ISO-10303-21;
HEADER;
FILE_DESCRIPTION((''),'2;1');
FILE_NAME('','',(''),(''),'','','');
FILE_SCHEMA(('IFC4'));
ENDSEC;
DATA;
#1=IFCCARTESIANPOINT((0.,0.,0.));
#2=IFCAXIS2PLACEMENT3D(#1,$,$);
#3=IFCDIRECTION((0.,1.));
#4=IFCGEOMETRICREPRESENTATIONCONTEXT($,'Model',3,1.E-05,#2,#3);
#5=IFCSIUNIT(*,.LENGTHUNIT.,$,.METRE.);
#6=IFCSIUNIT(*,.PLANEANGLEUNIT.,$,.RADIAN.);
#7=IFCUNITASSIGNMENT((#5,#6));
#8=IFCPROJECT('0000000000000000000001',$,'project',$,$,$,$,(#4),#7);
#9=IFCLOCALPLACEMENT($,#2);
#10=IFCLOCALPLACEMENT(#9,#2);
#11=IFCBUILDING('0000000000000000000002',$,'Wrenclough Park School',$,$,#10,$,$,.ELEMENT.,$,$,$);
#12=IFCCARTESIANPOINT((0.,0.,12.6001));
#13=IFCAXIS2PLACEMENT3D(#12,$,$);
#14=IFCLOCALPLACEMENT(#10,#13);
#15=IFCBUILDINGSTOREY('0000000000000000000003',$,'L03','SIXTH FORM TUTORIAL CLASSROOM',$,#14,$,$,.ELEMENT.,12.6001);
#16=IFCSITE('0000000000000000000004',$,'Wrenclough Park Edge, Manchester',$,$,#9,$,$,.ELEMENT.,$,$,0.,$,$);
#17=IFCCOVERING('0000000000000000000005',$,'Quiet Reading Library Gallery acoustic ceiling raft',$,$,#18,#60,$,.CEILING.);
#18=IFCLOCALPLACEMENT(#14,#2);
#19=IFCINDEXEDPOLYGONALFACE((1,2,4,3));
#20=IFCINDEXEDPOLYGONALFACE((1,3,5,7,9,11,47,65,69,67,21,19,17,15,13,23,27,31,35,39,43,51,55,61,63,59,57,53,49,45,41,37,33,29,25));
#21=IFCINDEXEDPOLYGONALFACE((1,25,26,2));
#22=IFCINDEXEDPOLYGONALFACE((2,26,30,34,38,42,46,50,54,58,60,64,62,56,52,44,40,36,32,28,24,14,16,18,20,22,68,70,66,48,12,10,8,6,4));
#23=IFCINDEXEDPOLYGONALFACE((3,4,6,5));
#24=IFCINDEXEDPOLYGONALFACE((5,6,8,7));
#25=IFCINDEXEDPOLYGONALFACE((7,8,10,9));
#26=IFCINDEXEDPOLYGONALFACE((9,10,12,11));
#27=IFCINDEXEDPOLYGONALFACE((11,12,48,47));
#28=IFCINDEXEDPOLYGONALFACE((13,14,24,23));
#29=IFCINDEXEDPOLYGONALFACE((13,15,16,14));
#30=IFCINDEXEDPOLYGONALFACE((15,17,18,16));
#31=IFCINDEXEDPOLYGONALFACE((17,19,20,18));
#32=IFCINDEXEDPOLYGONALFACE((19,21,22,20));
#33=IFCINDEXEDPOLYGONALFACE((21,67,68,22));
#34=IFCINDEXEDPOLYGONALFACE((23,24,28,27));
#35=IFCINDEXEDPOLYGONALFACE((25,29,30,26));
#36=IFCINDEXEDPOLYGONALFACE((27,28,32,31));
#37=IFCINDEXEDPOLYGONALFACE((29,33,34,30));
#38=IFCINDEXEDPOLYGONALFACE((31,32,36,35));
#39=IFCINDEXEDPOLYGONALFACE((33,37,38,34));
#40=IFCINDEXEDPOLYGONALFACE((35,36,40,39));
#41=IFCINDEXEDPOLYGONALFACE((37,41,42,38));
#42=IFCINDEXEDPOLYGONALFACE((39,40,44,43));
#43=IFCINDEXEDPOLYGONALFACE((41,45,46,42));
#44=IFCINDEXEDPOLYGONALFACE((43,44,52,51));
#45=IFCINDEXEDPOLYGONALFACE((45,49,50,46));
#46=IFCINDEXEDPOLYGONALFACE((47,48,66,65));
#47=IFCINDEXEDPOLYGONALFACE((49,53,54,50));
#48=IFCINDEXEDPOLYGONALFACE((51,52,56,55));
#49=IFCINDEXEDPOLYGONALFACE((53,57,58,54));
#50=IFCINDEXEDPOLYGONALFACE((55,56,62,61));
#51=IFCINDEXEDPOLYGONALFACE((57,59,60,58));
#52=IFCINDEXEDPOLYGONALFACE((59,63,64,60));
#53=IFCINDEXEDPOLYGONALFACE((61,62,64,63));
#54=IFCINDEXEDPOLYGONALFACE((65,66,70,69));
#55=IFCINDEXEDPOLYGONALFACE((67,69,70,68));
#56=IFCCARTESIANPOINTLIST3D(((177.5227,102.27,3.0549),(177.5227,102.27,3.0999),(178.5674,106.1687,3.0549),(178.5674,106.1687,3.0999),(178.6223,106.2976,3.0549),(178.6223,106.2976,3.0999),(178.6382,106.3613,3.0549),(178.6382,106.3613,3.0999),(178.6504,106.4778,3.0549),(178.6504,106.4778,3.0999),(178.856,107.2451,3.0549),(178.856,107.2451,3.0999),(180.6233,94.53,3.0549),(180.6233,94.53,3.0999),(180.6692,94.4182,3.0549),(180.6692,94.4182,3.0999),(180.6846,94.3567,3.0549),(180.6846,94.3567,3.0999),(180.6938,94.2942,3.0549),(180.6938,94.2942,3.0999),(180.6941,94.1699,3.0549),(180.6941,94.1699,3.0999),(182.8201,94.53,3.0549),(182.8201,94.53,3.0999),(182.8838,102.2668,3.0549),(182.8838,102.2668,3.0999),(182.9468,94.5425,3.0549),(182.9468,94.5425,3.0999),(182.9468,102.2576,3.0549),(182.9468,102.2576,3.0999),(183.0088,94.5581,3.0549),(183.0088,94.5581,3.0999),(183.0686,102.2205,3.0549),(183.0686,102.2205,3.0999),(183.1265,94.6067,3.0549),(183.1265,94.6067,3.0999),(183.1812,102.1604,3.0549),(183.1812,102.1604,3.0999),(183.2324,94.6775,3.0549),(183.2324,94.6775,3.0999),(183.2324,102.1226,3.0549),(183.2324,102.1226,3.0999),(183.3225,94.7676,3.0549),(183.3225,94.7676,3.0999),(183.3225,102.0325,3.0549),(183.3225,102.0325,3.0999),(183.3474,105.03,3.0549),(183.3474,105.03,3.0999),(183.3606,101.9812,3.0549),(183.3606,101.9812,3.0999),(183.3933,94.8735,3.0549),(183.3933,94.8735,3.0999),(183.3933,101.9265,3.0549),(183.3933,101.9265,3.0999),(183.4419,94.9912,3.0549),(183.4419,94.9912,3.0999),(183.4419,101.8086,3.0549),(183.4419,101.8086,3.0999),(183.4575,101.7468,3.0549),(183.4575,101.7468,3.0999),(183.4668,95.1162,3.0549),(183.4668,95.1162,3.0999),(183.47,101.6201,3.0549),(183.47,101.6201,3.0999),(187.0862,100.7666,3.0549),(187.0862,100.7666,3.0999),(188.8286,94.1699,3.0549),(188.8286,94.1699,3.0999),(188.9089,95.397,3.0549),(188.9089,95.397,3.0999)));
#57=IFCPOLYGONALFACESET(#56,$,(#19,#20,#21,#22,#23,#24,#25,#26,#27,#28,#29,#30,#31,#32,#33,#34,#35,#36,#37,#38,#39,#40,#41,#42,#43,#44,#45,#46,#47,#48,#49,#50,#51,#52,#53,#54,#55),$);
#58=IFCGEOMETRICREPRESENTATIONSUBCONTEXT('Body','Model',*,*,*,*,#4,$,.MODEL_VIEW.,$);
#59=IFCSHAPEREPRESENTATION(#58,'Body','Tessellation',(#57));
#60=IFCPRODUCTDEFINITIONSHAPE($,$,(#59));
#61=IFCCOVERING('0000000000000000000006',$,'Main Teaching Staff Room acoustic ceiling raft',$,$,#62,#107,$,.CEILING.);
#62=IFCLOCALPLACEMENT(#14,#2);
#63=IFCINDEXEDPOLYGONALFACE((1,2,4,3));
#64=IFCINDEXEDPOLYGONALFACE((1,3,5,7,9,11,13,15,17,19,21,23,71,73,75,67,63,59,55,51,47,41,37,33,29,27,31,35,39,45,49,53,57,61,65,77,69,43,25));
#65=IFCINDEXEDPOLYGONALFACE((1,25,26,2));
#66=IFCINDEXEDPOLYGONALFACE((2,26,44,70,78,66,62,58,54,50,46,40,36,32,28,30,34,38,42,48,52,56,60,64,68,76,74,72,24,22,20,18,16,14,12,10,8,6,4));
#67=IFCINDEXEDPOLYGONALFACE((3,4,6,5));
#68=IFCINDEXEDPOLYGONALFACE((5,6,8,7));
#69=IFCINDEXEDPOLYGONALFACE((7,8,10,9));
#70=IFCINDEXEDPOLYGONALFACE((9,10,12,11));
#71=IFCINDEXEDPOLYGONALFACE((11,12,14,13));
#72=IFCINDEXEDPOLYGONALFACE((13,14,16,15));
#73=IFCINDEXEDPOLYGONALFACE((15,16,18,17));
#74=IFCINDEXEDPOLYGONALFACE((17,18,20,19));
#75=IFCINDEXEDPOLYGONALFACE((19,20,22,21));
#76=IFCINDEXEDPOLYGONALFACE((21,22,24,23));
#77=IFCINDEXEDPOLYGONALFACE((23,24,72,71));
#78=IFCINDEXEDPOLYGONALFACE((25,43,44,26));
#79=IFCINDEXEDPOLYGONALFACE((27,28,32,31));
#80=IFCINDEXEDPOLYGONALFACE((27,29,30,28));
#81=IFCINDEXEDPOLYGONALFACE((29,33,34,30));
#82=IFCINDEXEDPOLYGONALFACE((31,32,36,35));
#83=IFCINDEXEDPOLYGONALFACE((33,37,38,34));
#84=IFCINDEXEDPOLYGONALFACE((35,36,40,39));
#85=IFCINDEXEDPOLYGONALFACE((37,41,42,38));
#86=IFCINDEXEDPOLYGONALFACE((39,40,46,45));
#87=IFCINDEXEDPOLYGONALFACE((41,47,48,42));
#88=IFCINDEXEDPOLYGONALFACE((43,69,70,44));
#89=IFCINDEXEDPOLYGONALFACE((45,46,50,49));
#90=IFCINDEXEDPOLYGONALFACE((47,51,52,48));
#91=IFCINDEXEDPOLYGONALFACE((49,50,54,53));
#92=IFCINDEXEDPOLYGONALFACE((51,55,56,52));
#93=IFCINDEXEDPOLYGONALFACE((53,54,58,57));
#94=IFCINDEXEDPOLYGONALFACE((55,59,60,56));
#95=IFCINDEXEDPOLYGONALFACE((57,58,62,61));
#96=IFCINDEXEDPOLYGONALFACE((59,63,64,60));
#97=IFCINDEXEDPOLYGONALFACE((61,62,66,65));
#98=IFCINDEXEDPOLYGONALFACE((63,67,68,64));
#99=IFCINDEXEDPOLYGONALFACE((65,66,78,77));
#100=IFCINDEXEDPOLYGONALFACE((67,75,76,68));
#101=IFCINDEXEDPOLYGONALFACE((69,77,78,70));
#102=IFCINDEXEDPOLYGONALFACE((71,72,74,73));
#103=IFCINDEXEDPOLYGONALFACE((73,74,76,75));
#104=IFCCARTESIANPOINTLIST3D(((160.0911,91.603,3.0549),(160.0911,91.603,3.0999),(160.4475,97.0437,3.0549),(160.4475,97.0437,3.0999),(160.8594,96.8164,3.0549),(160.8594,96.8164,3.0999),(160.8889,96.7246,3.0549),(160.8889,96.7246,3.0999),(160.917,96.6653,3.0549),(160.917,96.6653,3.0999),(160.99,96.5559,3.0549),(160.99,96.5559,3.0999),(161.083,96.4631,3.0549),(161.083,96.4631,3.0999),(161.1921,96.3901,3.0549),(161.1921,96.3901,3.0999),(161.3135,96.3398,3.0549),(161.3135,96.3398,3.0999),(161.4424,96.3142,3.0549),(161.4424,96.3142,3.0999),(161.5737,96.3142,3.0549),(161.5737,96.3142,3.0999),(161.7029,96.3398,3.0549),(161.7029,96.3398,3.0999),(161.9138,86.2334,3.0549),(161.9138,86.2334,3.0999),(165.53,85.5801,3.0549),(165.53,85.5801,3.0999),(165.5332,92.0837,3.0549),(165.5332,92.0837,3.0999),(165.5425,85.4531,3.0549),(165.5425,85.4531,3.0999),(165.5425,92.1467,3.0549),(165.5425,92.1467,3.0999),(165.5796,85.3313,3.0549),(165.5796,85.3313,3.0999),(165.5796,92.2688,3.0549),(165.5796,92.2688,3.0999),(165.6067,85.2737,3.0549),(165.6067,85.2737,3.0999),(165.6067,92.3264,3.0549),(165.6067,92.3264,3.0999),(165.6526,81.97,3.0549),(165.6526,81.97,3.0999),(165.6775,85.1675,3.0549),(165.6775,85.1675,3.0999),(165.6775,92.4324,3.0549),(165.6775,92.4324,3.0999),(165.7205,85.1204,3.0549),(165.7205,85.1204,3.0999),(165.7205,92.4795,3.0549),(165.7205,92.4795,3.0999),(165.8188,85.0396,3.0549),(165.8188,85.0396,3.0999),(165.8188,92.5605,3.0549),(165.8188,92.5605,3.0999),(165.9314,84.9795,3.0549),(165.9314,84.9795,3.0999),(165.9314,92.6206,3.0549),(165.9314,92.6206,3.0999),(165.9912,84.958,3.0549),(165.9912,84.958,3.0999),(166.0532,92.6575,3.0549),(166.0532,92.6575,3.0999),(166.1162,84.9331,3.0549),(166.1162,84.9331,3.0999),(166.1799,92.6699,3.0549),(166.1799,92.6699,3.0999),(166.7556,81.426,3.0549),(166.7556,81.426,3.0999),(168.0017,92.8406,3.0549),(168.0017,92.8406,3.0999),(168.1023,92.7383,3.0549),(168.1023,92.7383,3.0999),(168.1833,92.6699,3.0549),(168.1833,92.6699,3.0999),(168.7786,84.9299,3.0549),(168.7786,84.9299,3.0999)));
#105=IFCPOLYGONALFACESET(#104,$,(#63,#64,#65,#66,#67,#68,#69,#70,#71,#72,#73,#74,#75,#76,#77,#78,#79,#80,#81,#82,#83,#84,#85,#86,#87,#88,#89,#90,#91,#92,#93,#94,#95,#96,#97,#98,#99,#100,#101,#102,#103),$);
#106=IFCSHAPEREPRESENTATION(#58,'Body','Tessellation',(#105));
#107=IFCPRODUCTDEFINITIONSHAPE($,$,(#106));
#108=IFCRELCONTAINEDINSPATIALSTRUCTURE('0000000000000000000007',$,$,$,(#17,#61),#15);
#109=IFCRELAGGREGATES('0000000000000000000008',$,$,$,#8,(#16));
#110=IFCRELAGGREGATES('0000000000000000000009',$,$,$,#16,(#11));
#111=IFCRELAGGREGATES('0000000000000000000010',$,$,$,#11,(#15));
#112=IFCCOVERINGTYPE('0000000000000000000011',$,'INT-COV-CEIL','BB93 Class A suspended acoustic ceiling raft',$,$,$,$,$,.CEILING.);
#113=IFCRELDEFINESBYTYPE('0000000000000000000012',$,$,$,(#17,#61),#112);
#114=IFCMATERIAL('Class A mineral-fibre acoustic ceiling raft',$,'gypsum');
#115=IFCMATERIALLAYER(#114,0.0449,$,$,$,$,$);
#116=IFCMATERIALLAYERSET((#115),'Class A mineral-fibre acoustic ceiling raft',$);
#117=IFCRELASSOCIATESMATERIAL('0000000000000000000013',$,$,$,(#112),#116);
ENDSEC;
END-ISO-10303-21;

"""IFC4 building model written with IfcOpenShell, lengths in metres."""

from ifc_helpers import new_model, si_unit, direction, frame, origin, place, context, subcontext, project, spatial, polyline, outline, extrude, material, layer, layer_set, type_object, element, save


model = new_model("IFC4")

# Units and contexts
model_context = context("Model", 3, precision=1e-05, world=origin(), true_north=direction((0.0, 1.0)))
body_context = subcontext(model_context, "Body", "Model", "MODEL_VIEW")
ifc_project = project(units=[si_unit("LENGTHUNIT", "METRE"), si_unit("PLANEANGLEUNIT", "RADIAN")], contexts=[model_context])

# Site, building, storey
site_placement = place(None, origin())
site = spatial("IfcSite", under=ifc_project, at=site_placement, Name="Wrenclough Park Edge, Manchester", CompositionType="ELEMENT", RefElevation=0.0)
building_placement = place(site_placement, origin())
building = spatial("IfcBuilding", under=site, at=building_placement, Name="Wrenclough Park School", CompositionType="ELEMENT")
storey_placement = place(building_placement, frame((0.0, 0.0, 12.6001)))
storey = spatial("IfcBuildingStorey", under=building, at=storey_placement, Name="L03", Description="SIXTH FORM TUTORIAL CLASSROOM", CompositionType="ELEMENT", Elevation=12.6001)

# Coverings
ifc_material_1 = material(Name="Class A mineral-fibre acoustic ceiling raft", Category="gypsum")
ifc_layer_1 = layer(ifc_material_1, 0.0449)
ifc_layer_set_1 = layer_set([ifc_layer_1], Name="Class A mineral-fibre acoustic ceiling raft")
covering_type_1 = type_object("IfcCoveringType", Name="INT-COV-CEIL", Description="BB93 Class A suspended acoustic ceiling raft", PredefinedType="CEILING", material=ifc_layer_set_1)
covering_1_placement = place(storey_placement, frame((0.0, 0.0, 3.0549)))
element("IfcCovering", 1, at=covering_1_placement, inside=storey, type_object=covering_type_1, Name="Quiet Reading Library Gallery acoustic ceiling raft", PredefinedType="CEILING", context=body_context, shape_type="SweptSolid", body=[
    extrude(outline(polyline([(182.8201, 94.53), (180.6233, 94.53), (180.6692, 94.4182), (180.6846, 94.3567), (180.6938, 94.2942), (180.6941, 94.1699), (188.8286, 94.1699), (188.9089, 95.397), (187.0862, 100.7666), (183.3474, 105.03), (178.856, 107.2451), (178.6504, 106.4778), (178.6382, 106.3613), (178.6223, 106.2976), (178.5674, 106.1687), (177.5227, 102.27), (182.8838, 102.2668), (182.9468, 102.2576), (183.0686, 102.2205), (183.1812, 102.1604), (183.2324, 102.1226), (183.3225, 102.0325), (183.3606, 101.9812), (183.3933, 101.9265), (183.4419, 101.8086), (183.4575, 101.7468), (183.47, 101.6201), (183.4668, 95.1162), (183.4419, 94.9912), (183.3933, 94.8735), (183.3225, 94.7676), (183.2324, 94.6775), (183.1265, 94.6067), (183.0088, 94.5581), (182.9468, 94.5425), (182.8201, 94.53)])), origin(), (0.0, 0.0, 1.0), 0.0449),
])
covering_2_placement = place(storey_placement, frame((0.0, 0.0, 3.0549)))
element("IfcCovering", 2, at=covering_2_placement, inside=storey, type_object=covering_type_1, Name="Main Teaching Staff Room acoustic ceiling raft", PredefinedType="CEILING", context=body_context, shape_type="SweptSolid", body=[
    extrude(outline(polyline([(160.8594, 96.8164), (160.4475, 97.0437), (160.0911, 91.603), (161.9138, 86.2334), (165.6526, 81.97), (166.7556, 81.426), (168.7786, 84.9299), (166.1162, 84.9331), (165.9912, 84.958), (165.9314, 84.9795), (165.8188, 85.0396), (165.7205, 85.1204), (165.6775, 85.1675), (165.6067, 85.2737), (165.5796, 85.3313), (165.5425, 85.4531), (165.53, 85.5801), (165.5332, 92.0837), (165.5425, 92.1467), (165.5796, 92.2688), (165.6067, 92.3264), (165.6775, 92.4324), (165.7205, 92.4795), (165.8188, 92.5605), (165.9314, 92.6206), (166.0532, 92.6575), (166.1799, 92.6699), (168.1833, 92.6699), (168.1023, 92.7383), (168.0017, 92.8406), (161.7029, 96.3398), (161.5737, 96.3142), (161.4424, 96.3142), (161.3135, 96.3398), (161.1921, 96.3901), (161.083, 96.4631), (160.99, 96.5559), (160.917, 96.6653), (160.8889, 96.7246), (160.8594, 96.8164)])), origin(), (0.0, 0.0, 1.0), 0.0449),
])

save(model, "model.ifc")
